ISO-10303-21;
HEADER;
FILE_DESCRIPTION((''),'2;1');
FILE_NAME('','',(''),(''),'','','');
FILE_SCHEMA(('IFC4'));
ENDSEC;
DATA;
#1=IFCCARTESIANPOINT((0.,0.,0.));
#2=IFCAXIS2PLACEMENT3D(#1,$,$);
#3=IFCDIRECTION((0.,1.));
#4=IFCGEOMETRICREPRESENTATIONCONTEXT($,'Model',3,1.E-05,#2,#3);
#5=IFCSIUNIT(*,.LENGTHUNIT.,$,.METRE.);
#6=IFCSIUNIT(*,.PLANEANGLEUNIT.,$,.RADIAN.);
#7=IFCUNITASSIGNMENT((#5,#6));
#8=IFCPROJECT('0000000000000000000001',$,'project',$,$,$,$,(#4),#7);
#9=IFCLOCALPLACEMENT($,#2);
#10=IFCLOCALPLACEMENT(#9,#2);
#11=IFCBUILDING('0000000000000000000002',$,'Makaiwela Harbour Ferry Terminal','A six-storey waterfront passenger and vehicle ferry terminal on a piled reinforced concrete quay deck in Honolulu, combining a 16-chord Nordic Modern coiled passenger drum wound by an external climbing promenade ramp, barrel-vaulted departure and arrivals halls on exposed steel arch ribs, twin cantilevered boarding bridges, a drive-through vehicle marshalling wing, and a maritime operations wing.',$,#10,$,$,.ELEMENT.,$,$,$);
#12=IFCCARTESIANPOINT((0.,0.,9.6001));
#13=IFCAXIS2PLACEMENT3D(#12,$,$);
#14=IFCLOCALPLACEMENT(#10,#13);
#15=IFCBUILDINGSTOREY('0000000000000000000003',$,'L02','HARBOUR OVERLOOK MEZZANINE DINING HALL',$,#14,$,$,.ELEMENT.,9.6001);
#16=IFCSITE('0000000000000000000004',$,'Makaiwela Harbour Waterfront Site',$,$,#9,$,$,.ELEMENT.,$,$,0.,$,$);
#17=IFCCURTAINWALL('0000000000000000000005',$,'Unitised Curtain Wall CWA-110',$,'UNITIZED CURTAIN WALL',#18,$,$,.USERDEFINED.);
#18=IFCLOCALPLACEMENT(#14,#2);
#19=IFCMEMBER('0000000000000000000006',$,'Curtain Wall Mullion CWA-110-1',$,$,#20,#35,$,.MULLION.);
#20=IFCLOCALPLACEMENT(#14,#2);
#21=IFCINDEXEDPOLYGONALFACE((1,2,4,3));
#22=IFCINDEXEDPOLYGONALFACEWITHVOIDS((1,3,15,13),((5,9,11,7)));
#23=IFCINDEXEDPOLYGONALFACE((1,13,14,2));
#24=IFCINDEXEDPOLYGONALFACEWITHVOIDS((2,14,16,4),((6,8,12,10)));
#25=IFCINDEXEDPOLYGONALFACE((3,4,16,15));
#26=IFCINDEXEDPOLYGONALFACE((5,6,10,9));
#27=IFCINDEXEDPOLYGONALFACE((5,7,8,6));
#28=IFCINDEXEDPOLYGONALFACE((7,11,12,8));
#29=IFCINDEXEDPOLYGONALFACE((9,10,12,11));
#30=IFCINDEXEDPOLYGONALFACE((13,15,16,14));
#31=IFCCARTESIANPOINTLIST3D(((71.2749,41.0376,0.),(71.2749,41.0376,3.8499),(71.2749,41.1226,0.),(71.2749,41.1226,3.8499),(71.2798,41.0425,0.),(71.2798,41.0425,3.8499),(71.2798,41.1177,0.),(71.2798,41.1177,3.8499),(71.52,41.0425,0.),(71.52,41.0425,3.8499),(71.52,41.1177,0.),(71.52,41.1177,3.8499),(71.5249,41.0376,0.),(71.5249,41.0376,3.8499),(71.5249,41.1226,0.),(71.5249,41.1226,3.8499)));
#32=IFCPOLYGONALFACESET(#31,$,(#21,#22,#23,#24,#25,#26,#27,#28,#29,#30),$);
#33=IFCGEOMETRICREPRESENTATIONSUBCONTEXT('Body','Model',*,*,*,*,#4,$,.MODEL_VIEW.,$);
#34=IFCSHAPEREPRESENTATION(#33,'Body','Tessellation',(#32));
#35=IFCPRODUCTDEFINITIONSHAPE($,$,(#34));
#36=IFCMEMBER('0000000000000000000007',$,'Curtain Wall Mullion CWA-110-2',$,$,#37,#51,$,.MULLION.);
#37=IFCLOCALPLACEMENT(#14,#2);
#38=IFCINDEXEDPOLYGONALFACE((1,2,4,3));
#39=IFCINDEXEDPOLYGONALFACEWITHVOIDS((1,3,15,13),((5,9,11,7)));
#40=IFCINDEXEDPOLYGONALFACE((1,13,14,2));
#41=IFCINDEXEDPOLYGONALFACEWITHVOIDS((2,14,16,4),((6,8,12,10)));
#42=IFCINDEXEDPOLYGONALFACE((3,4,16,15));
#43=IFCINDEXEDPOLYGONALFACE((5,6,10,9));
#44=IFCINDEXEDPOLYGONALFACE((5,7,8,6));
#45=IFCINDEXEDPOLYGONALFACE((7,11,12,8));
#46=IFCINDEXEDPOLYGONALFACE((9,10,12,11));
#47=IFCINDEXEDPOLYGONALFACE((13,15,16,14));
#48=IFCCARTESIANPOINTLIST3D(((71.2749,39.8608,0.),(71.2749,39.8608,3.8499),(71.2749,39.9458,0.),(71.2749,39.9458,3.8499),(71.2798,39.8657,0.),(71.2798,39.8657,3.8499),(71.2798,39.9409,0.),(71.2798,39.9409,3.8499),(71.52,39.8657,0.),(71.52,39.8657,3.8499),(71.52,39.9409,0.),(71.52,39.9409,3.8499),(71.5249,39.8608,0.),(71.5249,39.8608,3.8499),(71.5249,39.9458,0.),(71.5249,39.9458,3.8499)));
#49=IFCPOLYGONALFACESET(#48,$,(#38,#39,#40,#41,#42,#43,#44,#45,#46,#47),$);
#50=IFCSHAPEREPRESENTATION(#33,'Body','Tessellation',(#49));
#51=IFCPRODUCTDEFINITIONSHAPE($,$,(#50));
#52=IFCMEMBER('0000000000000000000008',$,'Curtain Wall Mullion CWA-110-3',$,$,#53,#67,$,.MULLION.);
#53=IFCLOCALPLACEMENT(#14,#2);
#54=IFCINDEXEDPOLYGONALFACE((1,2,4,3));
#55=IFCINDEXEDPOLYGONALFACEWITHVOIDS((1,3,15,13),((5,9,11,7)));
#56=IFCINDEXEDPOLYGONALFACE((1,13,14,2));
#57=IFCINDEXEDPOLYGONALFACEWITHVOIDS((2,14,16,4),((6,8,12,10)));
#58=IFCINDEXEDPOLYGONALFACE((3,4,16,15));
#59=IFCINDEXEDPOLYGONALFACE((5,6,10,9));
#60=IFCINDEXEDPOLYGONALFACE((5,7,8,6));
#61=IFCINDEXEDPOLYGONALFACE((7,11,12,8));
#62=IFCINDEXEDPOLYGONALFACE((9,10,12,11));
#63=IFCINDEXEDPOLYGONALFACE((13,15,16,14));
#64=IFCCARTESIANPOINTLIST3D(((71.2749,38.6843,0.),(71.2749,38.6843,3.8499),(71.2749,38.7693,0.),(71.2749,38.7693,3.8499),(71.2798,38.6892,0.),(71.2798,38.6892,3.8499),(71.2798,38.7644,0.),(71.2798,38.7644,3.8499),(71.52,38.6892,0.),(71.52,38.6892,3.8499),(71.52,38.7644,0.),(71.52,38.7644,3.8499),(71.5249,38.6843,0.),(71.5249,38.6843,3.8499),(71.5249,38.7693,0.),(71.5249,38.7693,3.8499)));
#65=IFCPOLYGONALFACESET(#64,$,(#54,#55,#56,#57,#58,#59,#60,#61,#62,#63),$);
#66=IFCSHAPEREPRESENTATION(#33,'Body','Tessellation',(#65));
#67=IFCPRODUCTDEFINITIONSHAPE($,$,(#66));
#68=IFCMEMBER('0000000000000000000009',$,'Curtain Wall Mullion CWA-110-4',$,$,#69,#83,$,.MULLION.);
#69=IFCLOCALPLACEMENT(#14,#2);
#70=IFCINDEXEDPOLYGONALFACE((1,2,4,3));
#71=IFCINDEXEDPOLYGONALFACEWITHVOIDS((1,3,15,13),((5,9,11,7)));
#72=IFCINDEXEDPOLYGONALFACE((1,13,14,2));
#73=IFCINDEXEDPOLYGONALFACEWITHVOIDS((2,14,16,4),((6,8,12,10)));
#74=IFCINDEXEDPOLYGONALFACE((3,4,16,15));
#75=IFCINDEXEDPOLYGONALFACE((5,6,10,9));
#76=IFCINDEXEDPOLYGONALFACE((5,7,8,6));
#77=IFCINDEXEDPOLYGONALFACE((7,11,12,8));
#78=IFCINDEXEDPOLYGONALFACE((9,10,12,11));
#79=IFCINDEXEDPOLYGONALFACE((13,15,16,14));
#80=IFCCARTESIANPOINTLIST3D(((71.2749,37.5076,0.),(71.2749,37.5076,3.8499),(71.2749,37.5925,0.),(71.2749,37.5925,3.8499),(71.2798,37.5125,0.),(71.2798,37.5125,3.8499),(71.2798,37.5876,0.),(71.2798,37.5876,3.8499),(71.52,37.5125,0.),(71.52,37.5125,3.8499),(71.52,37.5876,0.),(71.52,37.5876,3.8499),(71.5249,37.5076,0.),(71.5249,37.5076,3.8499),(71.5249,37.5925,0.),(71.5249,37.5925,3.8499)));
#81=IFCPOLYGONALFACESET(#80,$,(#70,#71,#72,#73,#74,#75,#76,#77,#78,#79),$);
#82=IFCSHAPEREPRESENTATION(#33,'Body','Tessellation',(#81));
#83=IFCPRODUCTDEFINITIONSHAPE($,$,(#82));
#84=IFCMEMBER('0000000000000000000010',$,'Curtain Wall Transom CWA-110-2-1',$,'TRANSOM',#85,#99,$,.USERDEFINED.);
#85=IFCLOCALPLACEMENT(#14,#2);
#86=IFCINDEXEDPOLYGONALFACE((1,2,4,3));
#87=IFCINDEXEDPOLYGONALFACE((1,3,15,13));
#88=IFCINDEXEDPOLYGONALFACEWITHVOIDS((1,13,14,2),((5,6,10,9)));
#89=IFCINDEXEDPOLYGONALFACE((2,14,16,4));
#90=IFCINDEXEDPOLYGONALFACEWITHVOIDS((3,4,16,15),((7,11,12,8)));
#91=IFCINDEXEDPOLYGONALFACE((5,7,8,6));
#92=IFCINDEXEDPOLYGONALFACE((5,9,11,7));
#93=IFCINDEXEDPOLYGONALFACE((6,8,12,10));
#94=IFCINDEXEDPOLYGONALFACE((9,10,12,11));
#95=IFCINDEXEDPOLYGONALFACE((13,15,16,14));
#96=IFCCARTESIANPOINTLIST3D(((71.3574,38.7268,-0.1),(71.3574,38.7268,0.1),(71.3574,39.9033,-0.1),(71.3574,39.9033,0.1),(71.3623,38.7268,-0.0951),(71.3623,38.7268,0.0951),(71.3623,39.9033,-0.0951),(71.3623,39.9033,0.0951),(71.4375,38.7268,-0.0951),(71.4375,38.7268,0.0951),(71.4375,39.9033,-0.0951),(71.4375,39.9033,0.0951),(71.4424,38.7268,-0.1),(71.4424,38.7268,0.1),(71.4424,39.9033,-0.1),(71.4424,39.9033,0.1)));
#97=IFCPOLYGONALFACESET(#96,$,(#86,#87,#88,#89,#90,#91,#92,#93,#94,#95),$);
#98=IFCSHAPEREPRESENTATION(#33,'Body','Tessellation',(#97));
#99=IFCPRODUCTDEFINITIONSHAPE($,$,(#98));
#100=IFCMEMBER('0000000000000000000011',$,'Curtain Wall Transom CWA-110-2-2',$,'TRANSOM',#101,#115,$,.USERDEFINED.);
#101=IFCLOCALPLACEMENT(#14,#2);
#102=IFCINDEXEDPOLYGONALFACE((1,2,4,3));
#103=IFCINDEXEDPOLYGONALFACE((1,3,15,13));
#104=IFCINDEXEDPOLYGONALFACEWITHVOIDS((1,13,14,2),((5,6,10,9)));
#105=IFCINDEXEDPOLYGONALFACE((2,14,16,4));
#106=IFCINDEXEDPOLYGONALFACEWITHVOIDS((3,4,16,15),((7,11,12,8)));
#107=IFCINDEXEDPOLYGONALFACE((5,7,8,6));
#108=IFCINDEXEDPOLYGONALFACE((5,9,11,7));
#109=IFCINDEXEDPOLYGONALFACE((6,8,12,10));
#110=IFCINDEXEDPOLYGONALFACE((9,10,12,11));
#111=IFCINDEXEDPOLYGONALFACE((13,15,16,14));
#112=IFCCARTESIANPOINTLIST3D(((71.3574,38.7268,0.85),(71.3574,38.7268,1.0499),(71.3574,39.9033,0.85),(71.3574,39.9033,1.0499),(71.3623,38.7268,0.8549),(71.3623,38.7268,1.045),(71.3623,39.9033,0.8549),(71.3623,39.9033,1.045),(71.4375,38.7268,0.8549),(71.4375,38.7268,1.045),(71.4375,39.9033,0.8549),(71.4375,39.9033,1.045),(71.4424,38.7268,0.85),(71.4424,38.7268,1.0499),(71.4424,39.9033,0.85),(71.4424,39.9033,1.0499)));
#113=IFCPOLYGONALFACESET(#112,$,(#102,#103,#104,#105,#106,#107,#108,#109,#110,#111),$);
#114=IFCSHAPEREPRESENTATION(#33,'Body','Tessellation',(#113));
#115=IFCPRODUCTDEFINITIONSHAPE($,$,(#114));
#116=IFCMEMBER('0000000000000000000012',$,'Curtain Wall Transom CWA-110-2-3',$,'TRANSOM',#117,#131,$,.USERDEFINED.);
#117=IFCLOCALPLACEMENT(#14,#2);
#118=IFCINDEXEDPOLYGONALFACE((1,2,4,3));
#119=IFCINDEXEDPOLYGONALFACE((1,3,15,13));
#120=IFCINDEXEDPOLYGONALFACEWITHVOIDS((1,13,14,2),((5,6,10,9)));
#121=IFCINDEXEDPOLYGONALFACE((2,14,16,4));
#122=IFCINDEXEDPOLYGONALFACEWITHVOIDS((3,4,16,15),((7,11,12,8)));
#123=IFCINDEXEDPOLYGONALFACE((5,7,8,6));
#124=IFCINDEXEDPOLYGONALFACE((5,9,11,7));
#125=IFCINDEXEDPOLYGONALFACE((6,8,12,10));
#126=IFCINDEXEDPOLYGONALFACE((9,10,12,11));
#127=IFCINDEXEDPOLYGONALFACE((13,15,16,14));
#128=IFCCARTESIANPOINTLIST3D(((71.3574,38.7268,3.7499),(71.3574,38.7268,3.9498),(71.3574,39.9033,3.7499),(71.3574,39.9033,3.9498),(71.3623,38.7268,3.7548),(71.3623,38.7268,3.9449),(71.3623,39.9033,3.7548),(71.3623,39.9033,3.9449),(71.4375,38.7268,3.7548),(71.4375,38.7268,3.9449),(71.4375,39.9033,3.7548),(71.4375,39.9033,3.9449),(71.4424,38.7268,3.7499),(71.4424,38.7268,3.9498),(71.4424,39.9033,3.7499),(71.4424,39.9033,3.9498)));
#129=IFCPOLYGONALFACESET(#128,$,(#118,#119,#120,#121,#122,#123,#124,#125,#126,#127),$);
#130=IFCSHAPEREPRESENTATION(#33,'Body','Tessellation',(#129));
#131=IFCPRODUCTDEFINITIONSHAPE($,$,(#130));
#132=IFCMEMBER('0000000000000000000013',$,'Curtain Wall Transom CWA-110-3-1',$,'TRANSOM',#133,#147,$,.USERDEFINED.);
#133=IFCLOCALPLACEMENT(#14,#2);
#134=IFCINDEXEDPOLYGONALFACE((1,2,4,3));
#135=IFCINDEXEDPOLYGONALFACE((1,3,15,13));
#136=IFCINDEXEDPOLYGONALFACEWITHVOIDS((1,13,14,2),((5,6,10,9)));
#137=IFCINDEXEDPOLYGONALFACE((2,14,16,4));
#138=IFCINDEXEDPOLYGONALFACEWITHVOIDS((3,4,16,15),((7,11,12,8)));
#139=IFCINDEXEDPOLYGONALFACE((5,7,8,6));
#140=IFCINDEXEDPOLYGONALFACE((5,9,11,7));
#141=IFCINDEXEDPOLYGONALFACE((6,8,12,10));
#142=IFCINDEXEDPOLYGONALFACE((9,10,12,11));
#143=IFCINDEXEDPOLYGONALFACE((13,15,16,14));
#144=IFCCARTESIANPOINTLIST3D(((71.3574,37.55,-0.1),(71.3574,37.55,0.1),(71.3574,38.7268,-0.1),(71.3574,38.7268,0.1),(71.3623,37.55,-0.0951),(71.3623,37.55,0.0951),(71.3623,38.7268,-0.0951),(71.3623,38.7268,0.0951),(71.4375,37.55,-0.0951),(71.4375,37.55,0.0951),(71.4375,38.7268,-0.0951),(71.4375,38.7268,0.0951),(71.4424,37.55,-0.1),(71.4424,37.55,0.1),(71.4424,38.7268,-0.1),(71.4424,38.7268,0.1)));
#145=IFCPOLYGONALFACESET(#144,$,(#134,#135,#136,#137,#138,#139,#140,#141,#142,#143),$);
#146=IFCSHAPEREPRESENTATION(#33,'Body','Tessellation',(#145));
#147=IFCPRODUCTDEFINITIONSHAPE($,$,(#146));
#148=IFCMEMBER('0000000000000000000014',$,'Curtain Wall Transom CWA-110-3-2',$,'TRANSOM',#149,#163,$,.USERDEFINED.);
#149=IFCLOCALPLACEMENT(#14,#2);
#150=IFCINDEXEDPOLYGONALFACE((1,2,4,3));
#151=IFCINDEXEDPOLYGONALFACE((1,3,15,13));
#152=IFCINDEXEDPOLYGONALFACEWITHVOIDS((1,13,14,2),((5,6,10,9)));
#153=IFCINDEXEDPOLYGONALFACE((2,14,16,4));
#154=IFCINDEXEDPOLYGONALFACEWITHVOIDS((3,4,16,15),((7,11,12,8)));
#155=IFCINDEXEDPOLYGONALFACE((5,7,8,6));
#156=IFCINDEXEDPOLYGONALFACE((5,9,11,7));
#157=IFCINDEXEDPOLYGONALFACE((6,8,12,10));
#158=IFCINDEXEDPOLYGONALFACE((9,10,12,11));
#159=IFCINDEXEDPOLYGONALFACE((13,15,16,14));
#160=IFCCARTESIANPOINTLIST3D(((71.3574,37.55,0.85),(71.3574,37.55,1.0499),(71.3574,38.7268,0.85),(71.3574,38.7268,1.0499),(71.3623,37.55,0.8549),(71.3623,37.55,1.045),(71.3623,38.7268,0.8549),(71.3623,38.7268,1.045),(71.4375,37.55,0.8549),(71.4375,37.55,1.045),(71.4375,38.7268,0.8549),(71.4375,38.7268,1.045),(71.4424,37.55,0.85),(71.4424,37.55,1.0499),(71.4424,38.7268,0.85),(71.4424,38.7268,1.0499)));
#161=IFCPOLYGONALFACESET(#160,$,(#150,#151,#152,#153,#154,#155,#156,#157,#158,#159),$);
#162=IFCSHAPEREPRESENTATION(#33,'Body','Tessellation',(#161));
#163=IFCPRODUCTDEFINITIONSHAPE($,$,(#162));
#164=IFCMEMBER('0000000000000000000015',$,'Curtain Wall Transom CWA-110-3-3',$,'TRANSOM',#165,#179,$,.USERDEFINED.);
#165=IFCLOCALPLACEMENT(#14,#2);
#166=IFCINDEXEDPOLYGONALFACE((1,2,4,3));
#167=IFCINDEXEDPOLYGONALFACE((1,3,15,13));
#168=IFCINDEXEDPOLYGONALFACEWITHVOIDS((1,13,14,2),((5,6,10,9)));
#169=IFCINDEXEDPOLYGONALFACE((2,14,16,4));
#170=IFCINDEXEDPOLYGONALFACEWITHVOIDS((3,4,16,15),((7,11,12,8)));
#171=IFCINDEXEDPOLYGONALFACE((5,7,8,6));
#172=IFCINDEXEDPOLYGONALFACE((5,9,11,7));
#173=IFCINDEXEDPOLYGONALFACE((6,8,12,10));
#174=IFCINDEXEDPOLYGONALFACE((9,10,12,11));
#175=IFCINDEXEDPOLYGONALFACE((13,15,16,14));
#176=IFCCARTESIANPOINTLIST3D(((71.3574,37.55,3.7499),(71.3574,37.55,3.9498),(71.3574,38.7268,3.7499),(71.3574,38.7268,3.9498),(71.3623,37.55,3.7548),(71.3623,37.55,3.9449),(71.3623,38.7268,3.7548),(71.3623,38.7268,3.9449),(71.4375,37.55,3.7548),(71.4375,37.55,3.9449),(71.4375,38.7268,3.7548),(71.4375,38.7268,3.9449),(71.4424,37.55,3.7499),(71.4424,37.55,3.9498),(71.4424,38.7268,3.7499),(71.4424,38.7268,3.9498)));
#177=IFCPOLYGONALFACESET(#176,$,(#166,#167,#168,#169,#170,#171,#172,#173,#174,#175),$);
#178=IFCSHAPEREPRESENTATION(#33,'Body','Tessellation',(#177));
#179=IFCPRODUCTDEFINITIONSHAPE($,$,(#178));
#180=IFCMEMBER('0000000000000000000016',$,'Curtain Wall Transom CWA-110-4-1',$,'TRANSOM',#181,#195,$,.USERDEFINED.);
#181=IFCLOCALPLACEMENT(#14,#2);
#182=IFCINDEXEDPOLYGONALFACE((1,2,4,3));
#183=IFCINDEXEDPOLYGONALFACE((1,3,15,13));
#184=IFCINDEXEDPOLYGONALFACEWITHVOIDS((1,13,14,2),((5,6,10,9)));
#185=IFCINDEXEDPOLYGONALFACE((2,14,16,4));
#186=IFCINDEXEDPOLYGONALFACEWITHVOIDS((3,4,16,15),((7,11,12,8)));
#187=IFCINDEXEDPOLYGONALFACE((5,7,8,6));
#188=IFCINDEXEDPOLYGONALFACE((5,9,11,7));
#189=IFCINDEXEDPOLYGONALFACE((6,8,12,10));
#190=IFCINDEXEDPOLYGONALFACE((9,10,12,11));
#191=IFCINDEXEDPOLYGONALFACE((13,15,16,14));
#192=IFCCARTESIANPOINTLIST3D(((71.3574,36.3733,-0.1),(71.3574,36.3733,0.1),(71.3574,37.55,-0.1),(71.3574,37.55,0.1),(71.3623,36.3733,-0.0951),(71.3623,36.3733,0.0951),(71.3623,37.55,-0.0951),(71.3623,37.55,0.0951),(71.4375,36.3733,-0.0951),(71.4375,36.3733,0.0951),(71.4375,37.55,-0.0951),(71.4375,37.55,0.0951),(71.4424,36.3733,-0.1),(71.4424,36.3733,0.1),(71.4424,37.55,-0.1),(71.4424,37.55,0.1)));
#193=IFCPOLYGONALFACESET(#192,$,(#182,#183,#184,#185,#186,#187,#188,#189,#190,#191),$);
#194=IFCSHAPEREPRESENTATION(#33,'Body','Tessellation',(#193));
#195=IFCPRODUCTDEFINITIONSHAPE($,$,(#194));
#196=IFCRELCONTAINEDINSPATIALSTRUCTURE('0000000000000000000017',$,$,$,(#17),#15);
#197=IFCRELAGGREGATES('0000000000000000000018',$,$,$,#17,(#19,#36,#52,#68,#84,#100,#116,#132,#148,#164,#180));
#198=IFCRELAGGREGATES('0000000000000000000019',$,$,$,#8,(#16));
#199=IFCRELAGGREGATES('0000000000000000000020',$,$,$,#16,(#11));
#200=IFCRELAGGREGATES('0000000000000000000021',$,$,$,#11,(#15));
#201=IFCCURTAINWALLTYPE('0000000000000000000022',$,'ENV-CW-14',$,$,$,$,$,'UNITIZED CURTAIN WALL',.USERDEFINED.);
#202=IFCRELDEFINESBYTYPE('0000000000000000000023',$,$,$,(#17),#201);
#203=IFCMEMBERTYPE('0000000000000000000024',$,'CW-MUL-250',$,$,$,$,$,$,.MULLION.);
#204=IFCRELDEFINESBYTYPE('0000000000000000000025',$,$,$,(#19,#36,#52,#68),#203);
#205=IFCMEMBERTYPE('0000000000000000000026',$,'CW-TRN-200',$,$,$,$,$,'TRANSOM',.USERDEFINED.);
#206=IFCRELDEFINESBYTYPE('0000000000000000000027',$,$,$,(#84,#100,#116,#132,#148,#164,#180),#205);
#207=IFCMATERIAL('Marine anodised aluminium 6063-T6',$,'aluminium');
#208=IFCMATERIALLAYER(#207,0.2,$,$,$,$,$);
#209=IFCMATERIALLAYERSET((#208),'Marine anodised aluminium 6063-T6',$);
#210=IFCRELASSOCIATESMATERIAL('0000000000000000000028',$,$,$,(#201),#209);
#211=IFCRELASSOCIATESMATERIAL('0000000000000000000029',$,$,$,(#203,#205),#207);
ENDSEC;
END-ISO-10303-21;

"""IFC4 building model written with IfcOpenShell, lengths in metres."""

from ifc_helpers import new_model, si_unit, direction, frame, origin, origin_2d, place, context, subcontext, project, spatial, hollow_rectangle, extrude, material, layer, layer_set, material_profile, profile_set, type_object, element, aggregate, save


model = new_model("IFC4")

# Units and contexts
model_context = context("Model", 3, precision=1e-05, world=origin(), true_north=direction((0.0, 1.0)))
body_context = subcontext(model_context, "Body", "Model", "MODEL_VIEW")
ifc_project = project(units=[si_unit("LENGTHUNIT", "METRE"), si_unit("PLANEANGLEUNIT", "RADIAN")], contexts=[model_context])

# Site, building, storey
site_placement = place(None, origin())
site = spatial("IfcSite", under=ifc_project, at=site_placement, Name="Makaiwela Harbour Waterfront Site", CompositionType="ELEMENT", RefElevation=0.0)
building_placement = place(site_placement, origin())
building = spatial("IfcBuilding", under=site, at=building_placement, Name="Makaiwela Harbour Ferry Terminal", Description="A six-storey waterfront passenger and vehicle ferry terminal on a piled reinforced concrete quay deck in Honolulu, combining a 16-chord Nordic Modern coiled passenger drum wound by an external climbing promenade ramp, barrel-vaulted departure and arrivals halls on exposed steel arch ribs, twin cantilevered boarding bridges, a drive-through vehicle marshalling wing, and a maritime operations wing.", CompositionType="ELEMENT")
storey_placement = place(building_placement, frame((0.0, 0.0, 9.6001)))
storey = spatial("IfcBuildingStorey", under=building, at=storey_placement, Name="L02", Description="HARBOUR OVERLOOK MEZZANINE DINING HALL", CompositionType="ELEMENT", Elevation=9.6001)

# Curtain wall, members
ifc_material_1 = material(Name="Marine anodised aluminium 6063-T6", Category="aluminium")
ifc_layer_1 = layer(ifc_material_1, 0.2)
ifc_layer_set_1 = layer_set([ifc_layer_1], Name="Marine anodised aluminium 6063-T6")
curtain_wall_type = type_object("IfcCurtainWallType", Name="ENV-CW-14", ElementType="UNITIZED CURTAIN WALL", PredefinedType="USERDEFINED", material=ifc_layer_set_1)
curtain_wall_placement = place(storey_placement, origin())
curtain_wall = element("IfcCurtainWall", 1, at=curtain_wall_placement, inside=storey, type_object=curtain_wall_type, Name="Unitised Curtain Wall CWA-110", ObjectType="UNITIZED CURTAIN WALL", PredefinedType="USERDEFINED")
ifc_material_profile_1 = material_profile(ifc_material_1, hollow_rectangle(XDim=0.085, YDim=0.25, WallThickness=0.0049, at=origin_2d()), Name="CWM-250X85")
ifc_profile_set_1 = profile_set([ifc_material_profile_1], Name="Marine anodised aluminium 6063-T6")
member_type_1 = type_object("IfcMemberType", Name="CW-MUL-250", PredefinedType="MULLION", material=ifc_profile_set_1)
member_1_placement = place(storey_placement, frame((71.3999, 41.0801, 0.0), z_axis=(0.0, 0.0, 1.0), x_axis=(0.0, 1.0, 0.0)))
member_1 = element("IfcMember", 2, at=member_1_placement, type_object=member_type_1, Name="Curtain Wall Mullion CWA-110-1", PredefinedType="MULLION", context=body_context, shape_type="SweptSolid", body=[
    extrude(hollow_rectangle(XDim=0.085, YDim=0.25, WallThickness=0.0049, at=origin_2d()), origin(), (0.0, 0.0, 1.0), 3.8499),
])
member_2_placement = place(storey_placement, frame((71.3999, 39.9033, 0.0), z_axis=(0.0, 0.0, 1.0), x_axis=(0.0, 1.0, 0.0)))
member_2 = element("IfcMember", 3, at=member_2_placement, type_object=member_type_1, Name="Curtain Wall Mullion CWA-110-2", PredefinedType="MULLION", context=body_context, shape_type="SweptSolid", body=[
    extrude(hollow_rectangle(XDim=0.085, YDim=0.25, WallThickness=0.0049, at=origin_2d()), origin(), (0.0, 0.0, 1.0), 3.8499),
])
member_3_placement = place(storey_placement, frame((71.3999, 38.7268, 0.0), z_axis=(0.0, 0.0, 1.0), x_axis=(0.0, 1.0, 0.0)))
member_3 = element("IfcMember", 4, at=member_3_placement, type_object=member_type_1, Name="Curtain Wall Mullion CWA-110-3", PredefinedType="MULLION", context=body_context, shape_type="SweptSolid", body=[
    extrude(hollow_rectangle(XDim=0.085, YDim=0.25, WallThickness=0.0049, at=origin_2d()), origin(), (0.0, 0.0, 1.0), 3.8499),
])
member_4_placement = place(storey_placement, frame((71.3999, 37.55, 0.0), z_axis=(0.0, 0.0, 1.0), x_axis=(0.0, 1.0, 0.0)))
member_4 = element("IfcMember", 5, at=member_4_placement, type_object=member_type_1, Name="Curtain Wall Mullion CWA-110-4", PredefinedType="MULLION", context=body_context, shape_type="SweptSolid", body=[
    extrude(hollow_rectangle(XDim=0.085, YDim=0.25, WallThickness=0.0049, at=origin_2d()), origin(), (0.0, 0.0, 1.0), 3.8499),
])
ifc_material_profile_2 = material_profile(ifc_material_1, hollow_rectangle(XDim=0.085, YDim=0.2, WallThickness=0.0049, at=origin_2d()), Name="CWT-200X85")
ifc_profile_set_2 = profile_set([ifc_material_profile_2], Name="Marine anodised aluminium 6063-T6")
member_type_2 = type_object("IfcMemberType", Name="CW-TRN-200", ElementType="TRANSOM", PredefinedType="USERDEFINED", material=ifc_profile_set_2)
member_5_placement = place(storey_placement, frame((71.3999, 39.9033, 0.0), z_axis=(0.0, -1.0, 0.0), x_axis=(1.0, 0.0, 0.0)))
member_5 = element("IfcMember", 6, at=member_5_placement, type_object=member_type_2, Name="Curtain Wall Transom CWA-110-2-1", ObjectType="TRANSOM", PredefinedType="USERDEFINED", context=body_context, shape_type="SweptSolid", body=[
    extrude(hollow_rectangle(XDim=0.085, YDim=0.2, WallThickness=0.0049, at=origin_2d()), origin(), (0.0, 0.0, 1.0), 1.1765),
])
member_6_placement = place(storey_placement, frame((71.3999, 39.9033, 0.95), z_axis=(0.0, -1.0, 0.0), x_axis=(1.0, 0.0, 0.0)))
member_6 = element("IfcMember", 7, at=member_6_placement, type_object=member_type_2, Name="Curtain Wall Transom CWA-110-2-2", ObjectType="TRANSOM", PredefinedType="USERDEFINED", context=body_context, shape_type="SweptSolid", body=[
    extrude(hollow_rectangle(XDim=0.085, YDim=0.2, WallThickness=0.0049, at=origin_2d()), origin(), (0.0, 0.0, 1.0), 1.1765),
])
member_7_placement = place(storey_placement, frame((71.3999, 39.9033, 3.8499), z_axis=(0.0, -1.0, 0.0), x_axis=(1.0, 0.0, 0.0)))
member_7 = element("IfcMember", 8, at=member_7_placement, type_object=member_type_2, Name="Curtain Wall Transom CWA-110-2-3", ObjectType="TRANSOM", PredefinedType="USERDEFINED", context=body_context, shape_type="SweptSolid", body=[
    extrude(hollow_rectangle(XDim=0.085, YDim=0.2, WallThickness=0.0049, at=origin_2d()), origin(), (0.0, 0.0, 1.0), 1.1765),
])
member_8_placement = place(storey_placement, frame((71.3999, 38.7268, 0.0), z_axis=(0.0, -1.0, 0.0), x_axis=(1.0, 0.0, 0.0)))
member_8 = element("IfcMember", 9, at=member_8_placement, type_object=member_type_2, Name="Curtain Wall Transom CWA-110-3-1", ObjectType="TRANSOM", PredefinedType="USERDEFINED", context=body_context, shape_type="SweptSolid", body=[
    extrude(hollow_rectangle(XDim=0.085, YDim=0.2, WallThickness=0.0049, at=origin_2d()), origin(), (0.0, 0.0, 1.0), 1.1768),
])
member_9_placement = place(storey_placement, frame((71.3999, 38.7268, 0.95), z_axis=(0.0, -1.0, 0.0), x_axis=(1.0, 0.0, 0.0)))
member_9 = element("IfcMember", 10, at=member_9_placement, type_object=member_type_2, Name="Curtain Wall Transom CWA-110-3-2", ObjectType="TRANSOM", PredefinedType="USERDEFINED", context=body_context, shape_type="SweptSolid", body=[
    extrude(hollow_rectangle(XDim=0.085, YDim=0.2, WallThickness=0.0049, at=origin_2d()), origin(), (0.0, 0.0, 1.0), 1.1768),
])
member_10_placement = place(storey_placement, frame((71.3999, 38.7268, 3.8499), z_axis=(0.0, -1.0, 0.0), x_axis=(1.0, 0.0, 0.0)))
member_10 = element("IfcMember", 11, at=member_10_placement, type_object=member_type_2, Name="Curtain Wall Transom CWA-110-3-3", ObjectType="TRANSOM", PredefinedType="USERDEFINED", context=body_context, shape_type="SweptSolid", body=[
    extrude(hollow_rectangle(XDim=0.085, YDim=0.2, WallThickness=0.0049, at=origin_2d()), origin(), (0.0, 0.0, 1.0), 1.1768),
])
member_11_placement = place(storey_placement, frame((71.3999, 37.55, 0.0), z_axis=(0.0, -1.0, 0.0), x_axis=(1.0, 0.0, 0.0)))
member_11 = element("IfcMember", 12, at=member_11_placement, type_object=member_type_2, Name="Curtain Wall Transom CWA-110-4-1", ObjectType="TRANSOM", PredefinedType="USERDEFINED", context=body_context, shape_type="SweptSolid", body=[
    extrude(hollow_rectangle(XDim=0.085, YDim=0.2, WallThickness=0.0049, at=origin_2d()), origin(), (0.0, 0.0, 1.0), 1.1768),
])
aggregate(curtain_wall, [member_1, member_2, member_3, member_4, member_5, member_6, member_7, member_8, member_9, member_10, member_11])

save(model, "model.ifc")
